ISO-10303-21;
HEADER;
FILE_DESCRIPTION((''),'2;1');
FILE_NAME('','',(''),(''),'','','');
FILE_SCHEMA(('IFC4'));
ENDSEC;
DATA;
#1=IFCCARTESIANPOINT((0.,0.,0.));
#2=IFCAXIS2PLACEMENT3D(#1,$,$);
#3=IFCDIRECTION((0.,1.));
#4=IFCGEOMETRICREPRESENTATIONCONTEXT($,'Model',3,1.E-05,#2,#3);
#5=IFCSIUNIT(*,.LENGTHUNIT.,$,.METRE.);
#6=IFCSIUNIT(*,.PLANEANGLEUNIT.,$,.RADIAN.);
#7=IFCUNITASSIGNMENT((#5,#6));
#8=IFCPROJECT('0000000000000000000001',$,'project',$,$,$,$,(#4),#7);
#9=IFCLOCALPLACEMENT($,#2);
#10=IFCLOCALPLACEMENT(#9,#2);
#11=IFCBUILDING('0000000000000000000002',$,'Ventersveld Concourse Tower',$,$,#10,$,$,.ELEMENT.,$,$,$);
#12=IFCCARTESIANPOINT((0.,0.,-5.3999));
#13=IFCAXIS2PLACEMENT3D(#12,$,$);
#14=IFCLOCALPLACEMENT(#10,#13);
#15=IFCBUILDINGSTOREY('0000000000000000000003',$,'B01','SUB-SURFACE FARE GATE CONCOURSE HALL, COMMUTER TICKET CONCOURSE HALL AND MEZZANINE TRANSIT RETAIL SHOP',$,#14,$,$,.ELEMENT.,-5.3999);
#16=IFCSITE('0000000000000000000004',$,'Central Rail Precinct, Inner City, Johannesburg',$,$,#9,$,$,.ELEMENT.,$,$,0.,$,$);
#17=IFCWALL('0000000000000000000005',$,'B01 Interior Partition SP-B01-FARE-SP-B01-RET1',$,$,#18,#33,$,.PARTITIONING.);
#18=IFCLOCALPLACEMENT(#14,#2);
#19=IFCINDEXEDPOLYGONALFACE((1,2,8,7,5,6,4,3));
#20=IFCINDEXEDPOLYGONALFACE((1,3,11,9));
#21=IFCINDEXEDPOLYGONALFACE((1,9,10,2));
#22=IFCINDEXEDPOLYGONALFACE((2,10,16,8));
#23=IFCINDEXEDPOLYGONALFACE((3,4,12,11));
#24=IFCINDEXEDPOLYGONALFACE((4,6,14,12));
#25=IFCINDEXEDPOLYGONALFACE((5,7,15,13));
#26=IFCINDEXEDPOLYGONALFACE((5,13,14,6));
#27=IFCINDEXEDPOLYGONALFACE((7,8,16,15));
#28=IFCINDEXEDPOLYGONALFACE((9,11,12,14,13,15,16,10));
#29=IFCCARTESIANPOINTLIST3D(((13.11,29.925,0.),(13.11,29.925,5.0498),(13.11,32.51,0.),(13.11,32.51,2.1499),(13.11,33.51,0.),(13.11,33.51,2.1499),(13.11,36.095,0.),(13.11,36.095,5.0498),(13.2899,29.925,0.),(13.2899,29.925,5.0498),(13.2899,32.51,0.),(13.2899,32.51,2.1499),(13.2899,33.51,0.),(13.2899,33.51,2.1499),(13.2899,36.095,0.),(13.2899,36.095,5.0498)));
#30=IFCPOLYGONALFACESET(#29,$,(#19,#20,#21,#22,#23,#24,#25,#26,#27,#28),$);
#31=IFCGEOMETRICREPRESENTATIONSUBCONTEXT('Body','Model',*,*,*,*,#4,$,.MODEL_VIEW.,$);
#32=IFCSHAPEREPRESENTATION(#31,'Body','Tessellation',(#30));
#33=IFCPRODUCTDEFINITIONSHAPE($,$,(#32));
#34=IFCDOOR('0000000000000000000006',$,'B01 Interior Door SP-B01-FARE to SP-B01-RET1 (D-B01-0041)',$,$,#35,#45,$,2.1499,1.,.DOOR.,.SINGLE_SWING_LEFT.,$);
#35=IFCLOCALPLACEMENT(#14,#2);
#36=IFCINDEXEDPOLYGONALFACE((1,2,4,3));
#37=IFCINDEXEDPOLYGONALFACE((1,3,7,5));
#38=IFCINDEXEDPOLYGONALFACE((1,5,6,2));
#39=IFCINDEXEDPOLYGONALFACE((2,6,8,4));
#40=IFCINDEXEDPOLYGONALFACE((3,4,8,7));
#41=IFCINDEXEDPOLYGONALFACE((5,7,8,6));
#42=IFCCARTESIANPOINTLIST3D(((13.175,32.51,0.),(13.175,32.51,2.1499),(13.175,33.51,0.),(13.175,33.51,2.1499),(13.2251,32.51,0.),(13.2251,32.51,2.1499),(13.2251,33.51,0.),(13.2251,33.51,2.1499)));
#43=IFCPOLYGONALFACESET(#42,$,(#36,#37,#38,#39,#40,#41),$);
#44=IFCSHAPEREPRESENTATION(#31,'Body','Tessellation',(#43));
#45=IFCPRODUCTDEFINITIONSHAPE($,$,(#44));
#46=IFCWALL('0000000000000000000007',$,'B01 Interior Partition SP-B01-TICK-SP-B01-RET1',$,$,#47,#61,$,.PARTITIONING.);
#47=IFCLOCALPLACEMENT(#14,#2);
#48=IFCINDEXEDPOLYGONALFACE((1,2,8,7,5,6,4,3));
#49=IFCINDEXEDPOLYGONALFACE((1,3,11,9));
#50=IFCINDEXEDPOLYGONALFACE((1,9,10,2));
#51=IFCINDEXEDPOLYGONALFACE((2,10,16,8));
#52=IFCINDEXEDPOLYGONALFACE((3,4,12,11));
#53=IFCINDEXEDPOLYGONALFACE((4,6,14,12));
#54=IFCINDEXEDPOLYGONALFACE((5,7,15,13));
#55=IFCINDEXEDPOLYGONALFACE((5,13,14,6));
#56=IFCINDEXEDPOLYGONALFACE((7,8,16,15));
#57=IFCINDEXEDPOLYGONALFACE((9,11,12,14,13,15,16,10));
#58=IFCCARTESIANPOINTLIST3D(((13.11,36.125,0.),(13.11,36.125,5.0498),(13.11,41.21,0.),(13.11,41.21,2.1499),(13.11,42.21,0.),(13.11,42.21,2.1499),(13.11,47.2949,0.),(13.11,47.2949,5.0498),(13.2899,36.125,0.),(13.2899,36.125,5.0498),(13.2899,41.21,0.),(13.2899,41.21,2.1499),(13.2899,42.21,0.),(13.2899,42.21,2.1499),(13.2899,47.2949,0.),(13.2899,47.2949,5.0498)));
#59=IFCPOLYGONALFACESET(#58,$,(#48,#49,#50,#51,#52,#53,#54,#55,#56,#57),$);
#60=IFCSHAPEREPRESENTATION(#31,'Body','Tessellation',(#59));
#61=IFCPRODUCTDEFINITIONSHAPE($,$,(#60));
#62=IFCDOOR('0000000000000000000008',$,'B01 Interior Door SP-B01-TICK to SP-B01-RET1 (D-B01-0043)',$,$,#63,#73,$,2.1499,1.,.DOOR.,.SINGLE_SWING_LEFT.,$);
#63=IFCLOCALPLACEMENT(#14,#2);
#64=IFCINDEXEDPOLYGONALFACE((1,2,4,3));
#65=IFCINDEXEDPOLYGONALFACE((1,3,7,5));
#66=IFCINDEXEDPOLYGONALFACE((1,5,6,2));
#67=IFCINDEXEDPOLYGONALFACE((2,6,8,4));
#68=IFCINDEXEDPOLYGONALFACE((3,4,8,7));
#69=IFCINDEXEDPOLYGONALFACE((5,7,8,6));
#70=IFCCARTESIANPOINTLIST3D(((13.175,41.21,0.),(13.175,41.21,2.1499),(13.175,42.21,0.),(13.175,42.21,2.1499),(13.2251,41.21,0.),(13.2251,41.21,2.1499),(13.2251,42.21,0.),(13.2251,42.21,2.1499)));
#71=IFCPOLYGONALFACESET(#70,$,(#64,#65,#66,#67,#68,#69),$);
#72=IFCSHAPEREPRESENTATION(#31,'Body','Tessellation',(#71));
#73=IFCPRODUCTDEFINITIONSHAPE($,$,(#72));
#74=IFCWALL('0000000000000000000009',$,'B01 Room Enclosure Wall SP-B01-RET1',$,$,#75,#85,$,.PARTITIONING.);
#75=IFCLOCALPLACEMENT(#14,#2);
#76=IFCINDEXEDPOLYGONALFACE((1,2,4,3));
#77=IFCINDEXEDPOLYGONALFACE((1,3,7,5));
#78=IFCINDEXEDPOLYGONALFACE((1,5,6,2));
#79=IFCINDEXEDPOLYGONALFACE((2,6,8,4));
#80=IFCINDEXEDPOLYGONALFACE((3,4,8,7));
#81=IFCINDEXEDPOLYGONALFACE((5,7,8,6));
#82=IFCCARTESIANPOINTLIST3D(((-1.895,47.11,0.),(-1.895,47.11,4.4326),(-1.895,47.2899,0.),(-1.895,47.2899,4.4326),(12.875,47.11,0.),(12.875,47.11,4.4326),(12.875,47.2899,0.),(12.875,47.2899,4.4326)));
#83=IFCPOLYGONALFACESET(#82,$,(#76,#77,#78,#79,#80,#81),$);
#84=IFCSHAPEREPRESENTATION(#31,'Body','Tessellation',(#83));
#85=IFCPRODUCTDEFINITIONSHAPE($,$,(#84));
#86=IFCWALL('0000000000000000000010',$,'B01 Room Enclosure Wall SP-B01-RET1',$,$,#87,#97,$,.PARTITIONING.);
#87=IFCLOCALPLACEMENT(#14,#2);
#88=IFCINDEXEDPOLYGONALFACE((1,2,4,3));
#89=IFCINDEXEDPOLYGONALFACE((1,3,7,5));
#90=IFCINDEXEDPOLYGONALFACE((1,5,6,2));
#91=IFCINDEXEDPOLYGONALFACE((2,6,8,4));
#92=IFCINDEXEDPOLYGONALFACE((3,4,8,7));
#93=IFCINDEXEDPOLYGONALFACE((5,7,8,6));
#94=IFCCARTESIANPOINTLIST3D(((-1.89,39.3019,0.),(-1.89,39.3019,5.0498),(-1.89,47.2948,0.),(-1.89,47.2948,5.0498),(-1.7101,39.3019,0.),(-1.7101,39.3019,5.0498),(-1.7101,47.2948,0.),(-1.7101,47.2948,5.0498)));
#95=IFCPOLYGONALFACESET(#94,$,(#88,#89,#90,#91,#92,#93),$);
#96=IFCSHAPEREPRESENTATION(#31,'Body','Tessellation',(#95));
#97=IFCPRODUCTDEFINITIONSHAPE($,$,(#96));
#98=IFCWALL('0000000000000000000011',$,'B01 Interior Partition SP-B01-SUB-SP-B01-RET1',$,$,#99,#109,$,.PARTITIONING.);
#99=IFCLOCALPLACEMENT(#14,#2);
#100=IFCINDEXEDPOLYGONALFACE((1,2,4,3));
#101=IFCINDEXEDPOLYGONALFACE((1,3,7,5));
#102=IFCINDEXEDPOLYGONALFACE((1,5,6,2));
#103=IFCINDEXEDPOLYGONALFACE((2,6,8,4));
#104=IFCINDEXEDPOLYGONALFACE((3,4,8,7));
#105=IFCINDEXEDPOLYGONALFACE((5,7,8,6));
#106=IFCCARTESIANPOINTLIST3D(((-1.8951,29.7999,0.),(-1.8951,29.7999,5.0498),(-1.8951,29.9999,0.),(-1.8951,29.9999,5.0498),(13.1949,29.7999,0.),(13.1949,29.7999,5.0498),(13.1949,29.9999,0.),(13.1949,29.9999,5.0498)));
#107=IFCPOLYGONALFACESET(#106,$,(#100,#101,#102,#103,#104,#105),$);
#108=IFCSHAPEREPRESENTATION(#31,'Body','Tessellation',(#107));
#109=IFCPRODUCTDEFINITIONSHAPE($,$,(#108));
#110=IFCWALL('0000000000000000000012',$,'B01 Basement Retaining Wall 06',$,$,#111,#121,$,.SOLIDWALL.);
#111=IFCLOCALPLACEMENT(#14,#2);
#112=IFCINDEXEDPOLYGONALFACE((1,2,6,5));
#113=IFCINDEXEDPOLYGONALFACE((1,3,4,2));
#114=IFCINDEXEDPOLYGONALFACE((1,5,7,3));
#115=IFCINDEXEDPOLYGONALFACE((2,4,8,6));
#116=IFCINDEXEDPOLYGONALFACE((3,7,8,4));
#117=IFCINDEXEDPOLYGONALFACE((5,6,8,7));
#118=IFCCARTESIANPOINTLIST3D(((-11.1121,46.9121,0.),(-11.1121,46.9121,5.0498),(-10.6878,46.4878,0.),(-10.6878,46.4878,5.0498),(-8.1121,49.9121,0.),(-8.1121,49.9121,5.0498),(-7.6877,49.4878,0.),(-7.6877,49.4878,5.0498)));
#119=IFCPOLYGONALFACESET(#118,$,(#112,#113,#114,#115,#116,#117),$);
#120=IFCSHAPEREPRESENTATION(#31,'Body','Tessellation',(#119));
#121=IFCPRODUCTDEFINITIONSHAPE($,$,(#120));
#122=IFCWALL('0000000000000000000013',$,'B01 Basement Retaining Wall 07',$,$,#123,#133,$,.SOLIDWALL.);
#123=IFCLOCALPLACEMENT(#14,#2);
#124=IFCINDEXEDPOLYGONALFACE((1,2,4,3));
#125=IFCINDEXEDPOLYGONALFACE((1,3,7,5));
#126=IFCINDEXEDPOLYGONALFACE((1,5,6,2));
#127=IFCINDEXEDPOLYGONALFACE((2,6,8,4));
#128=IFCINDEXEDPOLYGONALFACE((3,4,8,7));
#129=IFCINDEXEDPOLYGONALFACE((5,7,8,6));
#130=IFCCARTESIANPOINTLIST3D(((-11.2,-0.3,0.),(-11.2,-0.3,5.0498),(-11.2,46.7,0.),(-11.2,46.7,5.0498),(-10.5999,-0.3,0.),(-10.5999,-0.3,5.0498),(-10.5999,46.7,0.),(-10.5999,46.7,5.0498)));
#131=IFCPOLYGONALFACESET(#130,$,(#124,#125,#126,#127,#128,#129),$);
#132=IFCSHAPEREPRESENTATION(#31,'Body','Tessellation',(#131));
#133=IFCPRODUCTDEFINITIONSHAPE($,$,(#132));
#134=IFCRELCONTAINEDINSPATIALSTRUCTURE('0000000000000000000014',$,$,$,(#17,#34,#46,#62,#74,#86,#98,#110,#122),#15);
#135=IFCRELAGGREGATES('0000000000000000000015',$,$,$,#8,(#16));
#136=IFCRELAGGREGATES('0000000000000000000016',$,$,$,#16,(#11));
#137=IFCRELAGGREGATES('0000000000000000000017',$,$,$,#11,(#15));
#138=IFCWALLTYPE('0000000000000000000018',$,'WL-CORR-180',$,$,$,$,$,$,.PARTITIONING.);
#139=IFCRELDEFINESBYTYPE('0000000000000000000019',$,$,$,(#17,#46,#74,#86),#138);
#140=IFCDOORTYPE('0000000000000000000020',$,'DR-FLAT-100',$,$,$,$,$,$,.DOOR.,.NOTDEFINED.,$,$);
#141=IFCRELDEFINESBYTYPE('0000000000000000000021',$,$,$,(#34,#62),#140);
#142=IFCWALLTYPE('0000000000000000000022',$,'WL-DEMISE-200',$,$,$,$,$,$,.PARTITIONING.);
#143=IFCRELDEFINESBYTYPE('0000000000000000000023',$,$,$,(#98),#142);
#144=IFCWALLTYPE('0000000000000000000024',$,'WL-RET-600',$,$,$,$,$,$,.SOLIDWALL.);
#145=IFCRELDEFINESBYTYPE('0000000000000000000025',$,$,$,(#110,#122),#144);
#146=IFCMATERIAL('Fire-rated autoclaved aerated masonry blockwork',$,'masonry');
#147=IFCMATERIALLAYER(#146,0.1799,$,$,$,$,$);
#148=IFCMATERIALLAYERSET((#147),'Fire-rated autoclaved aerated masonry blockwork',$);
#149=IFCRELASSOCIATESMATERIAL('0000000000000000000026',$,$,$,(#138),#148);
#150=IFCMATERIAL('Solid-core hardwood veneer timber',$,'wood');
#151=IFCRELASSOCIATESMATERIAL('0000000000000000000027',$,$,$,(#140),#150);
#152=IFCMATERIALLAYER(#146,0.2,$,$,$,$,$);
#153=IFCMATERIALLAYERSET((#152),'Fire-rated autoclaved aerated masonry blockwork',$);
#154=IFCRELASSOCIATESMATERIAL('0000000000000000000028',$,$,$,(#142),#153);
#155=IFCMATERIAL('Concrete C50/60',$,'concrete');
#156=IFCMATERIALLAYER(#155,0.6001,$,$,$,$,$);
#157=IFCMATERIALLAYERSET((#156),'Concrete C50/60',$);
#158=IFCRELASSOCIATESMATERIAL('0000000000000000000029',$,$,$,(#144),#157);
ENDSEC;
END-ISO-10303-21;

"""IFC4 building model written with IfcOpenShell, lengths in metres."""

from ifc_helpers import new_model, si_unit, direction, frame, frame_2d, origin, place, context, subcontext, project, spatial, rectangle, extrude, material, layer, layer_set, type_object, element, fill, save


model = new_model("IFC4")

# Units and contexts
model_context = context("Model", 3, precision=1e-05, world=origin(), true_north=direction((0.0, 1.0)))
body_context = subcontext(model_context, "Body", "Model", "MODEL_VIEW")
ifc_project = project(units=[si_unit("LENGTHUNIT", "METRE"), si_unit("PLANEANGLEUNIT", "RADIAN")], contexts=[model_context])

# Site, building, storey
site_placement = place(None, origin())
site = spatial("IfcSite", under=ifc_project, at=site_placement, Name="Central Rail Precinct, Inner City, Johannesburg", CompositionType="ELEMENT", RefElevation=0.0)
building_placement = place(site_placement, origin())
building = spatial("IfcBuilding", under=site, at=building_placement, Name="Ventersveld Concourse Tower", CompositionType="ELEMENT")
storey_placement = place(building_placement, frame((0.0, 0.0, -5.3999)))
storey = spatial("IfcBuildingStorey", under=building, at=storey_placement, Name="B01", Description="SUB-SURFACE FARE GATE CONCOURSE HALL, COMMUTER TICKET CONCOURSE HALL AND MEZZANINE TRANSIT RETAIL SHOP", CompositionType="ELEMENT", Elevation=-5.3999)

# Walls, openings, doors
ifc_material_1 = material(Name="Fire-rated autoclaved aerated masonry blockwork", Category="masonry")
ifc_layer_1 = layer(ifc_material_1, 0.1799)
ifc_layer_set_1 = layer_set([ifc_layer_1], Name="Fire-rated autoclaved aerated masonry blockwork")
wall_type_1 = type_object("IfcWallType", Name="WL-CORR-180", PredefinedType="PARTITIONING", material=ifc_layer_set_1)
wall_1_placement = place(storey_placement, frame((13.2, 29.925, 0.0), z_axis=(0.0, 0.0, 1.0), x_axis=(0.0, 1.0, 0.0)))
wall_1 = element("IfcWall", 1, at=wall_1_placement, inside=storey, type_object=wall_type_1, Name="B01 Interior Partition SP-B01-FARE-SP-B01-RET1", PredefinedType="PARTITIONING", context=body_context, shape_type="SweptSolid", body=[
    extrude(rectangle(XDim=6.1699, YDim=0.1799, at=frame_2d((3.085, 0.0))), origin(), (0.0, 0.0, 1.0), 5.0498),
])
opening_1_placement = place(wall_1_placement, frame((2.585, 0.0, 0.0)))
opening_1 = element("IfcOpeningElement", 2, at=opening_1_placement, cuts=wall_1, PredefinedType="OPENING", context=body_context, shape_type="SweptSolid", body=[
    extrude(rectangle(XDim=1.0, YDim=2.1499, at=frame_2d((0.5, 1.075))), frame((0.0, 0.1001, 0.0), z_axis=(0.0, -1.0, 0.0), x_axis=(1.0, 0.0, 0.0)), (0.0, 0.0, 1.0), 0.2),
])
ifc_material_2 = material(Name="Solid-core hardwood veneer timber", Category="wood")
door_type = type_object("IfcDoorType", Name="DR-FLAT-100", OperationType="NOTDEFINED", PredefinedType="DOOR", material=ifc_material_2)
door_1_placement = place(opening_1_placement, origin())
door_1 = element("IfcDoor", 3, at=door_1_placement, inside=storey, type_object=door_type, Name="B01 Interior Door SP-B01-FARE to SP-B01-RET1 (D-B01-0041)", OperationType="SINGLE_SWING_LEFT", OverallHeight=2.1499, OverallWidth=1.0, PredefinedType="DOOR", context=body_context, shape_type="SweptSolid", body=[
    extrude(rectangle(XDim=1.0, YDim=2.1499, at=frame_2d((0.5, 1.075))), frame((0.0, 0.0249, 0.0), z_axis=(0.0, -1.0, 0.0), x_axis=(1.0, 0.0, 0.0)), (0.0, 0.0, 1.0), 0.05),
])
fill(opening_1, door_1)
wall_2_placement = place(storey_placement, frame((13.2, 36.125, 0.0), z_axis=(0.0, 0.0, 1.0), x_axis=(0.0, 1.0, 0.0)))
wall_2 = element("IfcWall", 4, at=wall_2_placement, inside=storey, type_object=wall_type_1, Name="B01 Interior Partition SP-B01-TICK-SP-B01-RET1", PredefinedType="PARTITIONING", context=body_context, shape_type="SweptSolid", body=[
    extrude(rectangle(XDim=11.1699, YDim=0.1799, at=frame_2d((5.585, 0.0))), origin(), (0.0, 0.0, 1.0), 5.0498),
])
opening_2_placement = place(wall_2_placement, frame((5.085, 0.0, 0.0)))
opening_2 = element("IfcOpeningElement", 5, at=opening_2_placement, cuts=wall_2, PredefinedType="OPENING", context=body_context, shape_type="SweptSolid", body=[
    extrude(rectangle(XDim=1.0, YDim=2.1499, at=frame_2d((0.5, 1.075))), frame((0.0, 0.1001, 0.0), z_axis=(0.0, -1.0, 0.0), x_axis=(1.0, 0.0, 0.0)), (0.0, 0.0, 1.0), 0.2),
])
door_2_placement = place(opening_2_placement, origin())
door_2 = element("IfcDoor", 6, at=door_2_placement, inside=storey, type_object=door_type, Name="B01 Interior Door SP-B01-TICK to SP-B01-RET1 (D-B01-0043)", OperationType="SINGLE_SWING_LEFT", OverallHeight=2.1499, OverallWidth=1.0, PredefinedType="DOOR", context=body_context, shape_type="SweptSolid", body=[
    extrude(rectangle(XDim=1.0, YDim=2.1499, at=frame_2d((0.5, 1.075))), frame((0.0, 0.0249, 0.0), z_axis=(0.0, -1.0, 0.0), x_axis=(1.0, 0.0, 0.0)), (0.0, 0.0, 1.0), 0.05),
])
fill(opening_2, door_2)

# Walls
wall_3_placement = place(storey_placement, frame((12.875, 47.2, 0.0), z_axis=(0.0, 0.0, 1.0), x_axis=(-1.0, 0.0, 0.0)))
element("IfcWall", 7, at=wall_3_placement, inside=storey, type_object=wall_type_1, Name="B01 Room Enclosure Wall SP-B01-RET1", PredefinedType="PARTITIONING", context=body_context, shape_type="SweptSolid", body=[
    extrude(rectangle(XDim=14.77, YDim=0.1799, at=frame_2d((7.385, 0.0))), origin(), (0.0, 0.0, 1.0), 4.4326),
])
wall_4_placement = place(storey_placement, frame((-1.8, 47.2949, 0.0), z_axis=(0.0, 0.0, 1.0), x_axis=(0.0, -1.0, 0.0)))
element("IfcWall", 8, at=wall_4_placement, inside=storey, type_object=wall_type_1, Name="B01 Room Enclosure Wall SP-B01-RET1", PredefinedType="PARTITIONING", context=body_context, shape_type="SweptSolid", body=[
    extrude(rectangle(XDim=7.9929, YDim=0.1799, at=frame_2d((3.9966, 0.0))), origin(), (0.0, 0.0, 1.0), 5.0498),
])
ifc_layer_2 = layer(ifc_material_1, 0.2)
ifc_layer_set_2 = layer_set([ifc_layer_2], Name="Fire-rated autoclaved aerated masonry blockwork")
wall_type_2 = type_object("IfcWallType", Name="WL-DEMISE-200", PredefinedType="PARTITIONING", material=ifc_layer_set_2)
wall_5_placement = place(storey_placement, frame((-1.895, 29.8999, 0.0), z_axis=(0.0, 0.0, 1.0), x_axis=(1.0, 0.0, 0.0)))
element("IfcWall", 9, at=wall_5_placement, inside=storey, type_object=wall_type_2, Name="B01 Interior Partition SP-B01-SUB-SP-B01-RET1", PredefinedType="PARTITIONING", context=body_context, shape_type="SweptSolid", body=[
    extrude(rectangle(XDim=15.0901, YDim=0.2, at=frame_2d((7.5449, 0.0))), origin(), (0.0, 0.0, 1.0), 5.0498),
])
ifc_material_3 = material(Name="Concrete C50/60", Category="concrete")
ifc_layer_3 = layer(ifc_material_3, 0.6001)
ifc_layer_set_3 = layer_set([ifc_layer_3], Name="Concrete C50/60")
wall_type_3 = type_object("IfcWallType", Name="WL-RET-600", PredefinedType="SOLIDWALL", material=ifc_layer_set_3)
wall_6_placement = place(storey_placement, frame((-7.8999, 49.7, 0.0), z_axis=(0.0, 0.0, 1.0), x_axis=(-0.707107, -0.707107, 0.0)))
element("IfcWall", 10, at=wall_6_placement, inside=storey, type_object=wall_type_3, Name="B01 Basement Retaining Wall 06", PredefinedType="SOLIDWALL", context=body_context, shape_type="SweptSolid", body=[
    extrude(rectangle(XDim=4.2427, YDim=0.6001, at=frame_2d((2.1213, 0.0))), origin(), (0.0, 0.0, 1.0), 5.0498),
])
wall_7_placement = place(storey_placement, frame((-10.8999, 46.7, 0.0), z_axis=(0.0, 0.0, 1.0), x_axis=(0.0, -1.0, 0.0)))
element("IfcWall", 11, at=wall_7_placement, inside=storey, type_object=wall_type_3, Name="B01 Basement Retaining Wall 07", PredefinedType="SOLIDWALL", context=body_context, shape_type="SweptSolid", body=[
    extrude(rectangle(XDim=47.0, YDim=0.6001, at=frame_2d((23.5, 0.0))), origin(), (0.0, 0.0, 1.0), 5.0498),
])

save(model, "model.ifc")
